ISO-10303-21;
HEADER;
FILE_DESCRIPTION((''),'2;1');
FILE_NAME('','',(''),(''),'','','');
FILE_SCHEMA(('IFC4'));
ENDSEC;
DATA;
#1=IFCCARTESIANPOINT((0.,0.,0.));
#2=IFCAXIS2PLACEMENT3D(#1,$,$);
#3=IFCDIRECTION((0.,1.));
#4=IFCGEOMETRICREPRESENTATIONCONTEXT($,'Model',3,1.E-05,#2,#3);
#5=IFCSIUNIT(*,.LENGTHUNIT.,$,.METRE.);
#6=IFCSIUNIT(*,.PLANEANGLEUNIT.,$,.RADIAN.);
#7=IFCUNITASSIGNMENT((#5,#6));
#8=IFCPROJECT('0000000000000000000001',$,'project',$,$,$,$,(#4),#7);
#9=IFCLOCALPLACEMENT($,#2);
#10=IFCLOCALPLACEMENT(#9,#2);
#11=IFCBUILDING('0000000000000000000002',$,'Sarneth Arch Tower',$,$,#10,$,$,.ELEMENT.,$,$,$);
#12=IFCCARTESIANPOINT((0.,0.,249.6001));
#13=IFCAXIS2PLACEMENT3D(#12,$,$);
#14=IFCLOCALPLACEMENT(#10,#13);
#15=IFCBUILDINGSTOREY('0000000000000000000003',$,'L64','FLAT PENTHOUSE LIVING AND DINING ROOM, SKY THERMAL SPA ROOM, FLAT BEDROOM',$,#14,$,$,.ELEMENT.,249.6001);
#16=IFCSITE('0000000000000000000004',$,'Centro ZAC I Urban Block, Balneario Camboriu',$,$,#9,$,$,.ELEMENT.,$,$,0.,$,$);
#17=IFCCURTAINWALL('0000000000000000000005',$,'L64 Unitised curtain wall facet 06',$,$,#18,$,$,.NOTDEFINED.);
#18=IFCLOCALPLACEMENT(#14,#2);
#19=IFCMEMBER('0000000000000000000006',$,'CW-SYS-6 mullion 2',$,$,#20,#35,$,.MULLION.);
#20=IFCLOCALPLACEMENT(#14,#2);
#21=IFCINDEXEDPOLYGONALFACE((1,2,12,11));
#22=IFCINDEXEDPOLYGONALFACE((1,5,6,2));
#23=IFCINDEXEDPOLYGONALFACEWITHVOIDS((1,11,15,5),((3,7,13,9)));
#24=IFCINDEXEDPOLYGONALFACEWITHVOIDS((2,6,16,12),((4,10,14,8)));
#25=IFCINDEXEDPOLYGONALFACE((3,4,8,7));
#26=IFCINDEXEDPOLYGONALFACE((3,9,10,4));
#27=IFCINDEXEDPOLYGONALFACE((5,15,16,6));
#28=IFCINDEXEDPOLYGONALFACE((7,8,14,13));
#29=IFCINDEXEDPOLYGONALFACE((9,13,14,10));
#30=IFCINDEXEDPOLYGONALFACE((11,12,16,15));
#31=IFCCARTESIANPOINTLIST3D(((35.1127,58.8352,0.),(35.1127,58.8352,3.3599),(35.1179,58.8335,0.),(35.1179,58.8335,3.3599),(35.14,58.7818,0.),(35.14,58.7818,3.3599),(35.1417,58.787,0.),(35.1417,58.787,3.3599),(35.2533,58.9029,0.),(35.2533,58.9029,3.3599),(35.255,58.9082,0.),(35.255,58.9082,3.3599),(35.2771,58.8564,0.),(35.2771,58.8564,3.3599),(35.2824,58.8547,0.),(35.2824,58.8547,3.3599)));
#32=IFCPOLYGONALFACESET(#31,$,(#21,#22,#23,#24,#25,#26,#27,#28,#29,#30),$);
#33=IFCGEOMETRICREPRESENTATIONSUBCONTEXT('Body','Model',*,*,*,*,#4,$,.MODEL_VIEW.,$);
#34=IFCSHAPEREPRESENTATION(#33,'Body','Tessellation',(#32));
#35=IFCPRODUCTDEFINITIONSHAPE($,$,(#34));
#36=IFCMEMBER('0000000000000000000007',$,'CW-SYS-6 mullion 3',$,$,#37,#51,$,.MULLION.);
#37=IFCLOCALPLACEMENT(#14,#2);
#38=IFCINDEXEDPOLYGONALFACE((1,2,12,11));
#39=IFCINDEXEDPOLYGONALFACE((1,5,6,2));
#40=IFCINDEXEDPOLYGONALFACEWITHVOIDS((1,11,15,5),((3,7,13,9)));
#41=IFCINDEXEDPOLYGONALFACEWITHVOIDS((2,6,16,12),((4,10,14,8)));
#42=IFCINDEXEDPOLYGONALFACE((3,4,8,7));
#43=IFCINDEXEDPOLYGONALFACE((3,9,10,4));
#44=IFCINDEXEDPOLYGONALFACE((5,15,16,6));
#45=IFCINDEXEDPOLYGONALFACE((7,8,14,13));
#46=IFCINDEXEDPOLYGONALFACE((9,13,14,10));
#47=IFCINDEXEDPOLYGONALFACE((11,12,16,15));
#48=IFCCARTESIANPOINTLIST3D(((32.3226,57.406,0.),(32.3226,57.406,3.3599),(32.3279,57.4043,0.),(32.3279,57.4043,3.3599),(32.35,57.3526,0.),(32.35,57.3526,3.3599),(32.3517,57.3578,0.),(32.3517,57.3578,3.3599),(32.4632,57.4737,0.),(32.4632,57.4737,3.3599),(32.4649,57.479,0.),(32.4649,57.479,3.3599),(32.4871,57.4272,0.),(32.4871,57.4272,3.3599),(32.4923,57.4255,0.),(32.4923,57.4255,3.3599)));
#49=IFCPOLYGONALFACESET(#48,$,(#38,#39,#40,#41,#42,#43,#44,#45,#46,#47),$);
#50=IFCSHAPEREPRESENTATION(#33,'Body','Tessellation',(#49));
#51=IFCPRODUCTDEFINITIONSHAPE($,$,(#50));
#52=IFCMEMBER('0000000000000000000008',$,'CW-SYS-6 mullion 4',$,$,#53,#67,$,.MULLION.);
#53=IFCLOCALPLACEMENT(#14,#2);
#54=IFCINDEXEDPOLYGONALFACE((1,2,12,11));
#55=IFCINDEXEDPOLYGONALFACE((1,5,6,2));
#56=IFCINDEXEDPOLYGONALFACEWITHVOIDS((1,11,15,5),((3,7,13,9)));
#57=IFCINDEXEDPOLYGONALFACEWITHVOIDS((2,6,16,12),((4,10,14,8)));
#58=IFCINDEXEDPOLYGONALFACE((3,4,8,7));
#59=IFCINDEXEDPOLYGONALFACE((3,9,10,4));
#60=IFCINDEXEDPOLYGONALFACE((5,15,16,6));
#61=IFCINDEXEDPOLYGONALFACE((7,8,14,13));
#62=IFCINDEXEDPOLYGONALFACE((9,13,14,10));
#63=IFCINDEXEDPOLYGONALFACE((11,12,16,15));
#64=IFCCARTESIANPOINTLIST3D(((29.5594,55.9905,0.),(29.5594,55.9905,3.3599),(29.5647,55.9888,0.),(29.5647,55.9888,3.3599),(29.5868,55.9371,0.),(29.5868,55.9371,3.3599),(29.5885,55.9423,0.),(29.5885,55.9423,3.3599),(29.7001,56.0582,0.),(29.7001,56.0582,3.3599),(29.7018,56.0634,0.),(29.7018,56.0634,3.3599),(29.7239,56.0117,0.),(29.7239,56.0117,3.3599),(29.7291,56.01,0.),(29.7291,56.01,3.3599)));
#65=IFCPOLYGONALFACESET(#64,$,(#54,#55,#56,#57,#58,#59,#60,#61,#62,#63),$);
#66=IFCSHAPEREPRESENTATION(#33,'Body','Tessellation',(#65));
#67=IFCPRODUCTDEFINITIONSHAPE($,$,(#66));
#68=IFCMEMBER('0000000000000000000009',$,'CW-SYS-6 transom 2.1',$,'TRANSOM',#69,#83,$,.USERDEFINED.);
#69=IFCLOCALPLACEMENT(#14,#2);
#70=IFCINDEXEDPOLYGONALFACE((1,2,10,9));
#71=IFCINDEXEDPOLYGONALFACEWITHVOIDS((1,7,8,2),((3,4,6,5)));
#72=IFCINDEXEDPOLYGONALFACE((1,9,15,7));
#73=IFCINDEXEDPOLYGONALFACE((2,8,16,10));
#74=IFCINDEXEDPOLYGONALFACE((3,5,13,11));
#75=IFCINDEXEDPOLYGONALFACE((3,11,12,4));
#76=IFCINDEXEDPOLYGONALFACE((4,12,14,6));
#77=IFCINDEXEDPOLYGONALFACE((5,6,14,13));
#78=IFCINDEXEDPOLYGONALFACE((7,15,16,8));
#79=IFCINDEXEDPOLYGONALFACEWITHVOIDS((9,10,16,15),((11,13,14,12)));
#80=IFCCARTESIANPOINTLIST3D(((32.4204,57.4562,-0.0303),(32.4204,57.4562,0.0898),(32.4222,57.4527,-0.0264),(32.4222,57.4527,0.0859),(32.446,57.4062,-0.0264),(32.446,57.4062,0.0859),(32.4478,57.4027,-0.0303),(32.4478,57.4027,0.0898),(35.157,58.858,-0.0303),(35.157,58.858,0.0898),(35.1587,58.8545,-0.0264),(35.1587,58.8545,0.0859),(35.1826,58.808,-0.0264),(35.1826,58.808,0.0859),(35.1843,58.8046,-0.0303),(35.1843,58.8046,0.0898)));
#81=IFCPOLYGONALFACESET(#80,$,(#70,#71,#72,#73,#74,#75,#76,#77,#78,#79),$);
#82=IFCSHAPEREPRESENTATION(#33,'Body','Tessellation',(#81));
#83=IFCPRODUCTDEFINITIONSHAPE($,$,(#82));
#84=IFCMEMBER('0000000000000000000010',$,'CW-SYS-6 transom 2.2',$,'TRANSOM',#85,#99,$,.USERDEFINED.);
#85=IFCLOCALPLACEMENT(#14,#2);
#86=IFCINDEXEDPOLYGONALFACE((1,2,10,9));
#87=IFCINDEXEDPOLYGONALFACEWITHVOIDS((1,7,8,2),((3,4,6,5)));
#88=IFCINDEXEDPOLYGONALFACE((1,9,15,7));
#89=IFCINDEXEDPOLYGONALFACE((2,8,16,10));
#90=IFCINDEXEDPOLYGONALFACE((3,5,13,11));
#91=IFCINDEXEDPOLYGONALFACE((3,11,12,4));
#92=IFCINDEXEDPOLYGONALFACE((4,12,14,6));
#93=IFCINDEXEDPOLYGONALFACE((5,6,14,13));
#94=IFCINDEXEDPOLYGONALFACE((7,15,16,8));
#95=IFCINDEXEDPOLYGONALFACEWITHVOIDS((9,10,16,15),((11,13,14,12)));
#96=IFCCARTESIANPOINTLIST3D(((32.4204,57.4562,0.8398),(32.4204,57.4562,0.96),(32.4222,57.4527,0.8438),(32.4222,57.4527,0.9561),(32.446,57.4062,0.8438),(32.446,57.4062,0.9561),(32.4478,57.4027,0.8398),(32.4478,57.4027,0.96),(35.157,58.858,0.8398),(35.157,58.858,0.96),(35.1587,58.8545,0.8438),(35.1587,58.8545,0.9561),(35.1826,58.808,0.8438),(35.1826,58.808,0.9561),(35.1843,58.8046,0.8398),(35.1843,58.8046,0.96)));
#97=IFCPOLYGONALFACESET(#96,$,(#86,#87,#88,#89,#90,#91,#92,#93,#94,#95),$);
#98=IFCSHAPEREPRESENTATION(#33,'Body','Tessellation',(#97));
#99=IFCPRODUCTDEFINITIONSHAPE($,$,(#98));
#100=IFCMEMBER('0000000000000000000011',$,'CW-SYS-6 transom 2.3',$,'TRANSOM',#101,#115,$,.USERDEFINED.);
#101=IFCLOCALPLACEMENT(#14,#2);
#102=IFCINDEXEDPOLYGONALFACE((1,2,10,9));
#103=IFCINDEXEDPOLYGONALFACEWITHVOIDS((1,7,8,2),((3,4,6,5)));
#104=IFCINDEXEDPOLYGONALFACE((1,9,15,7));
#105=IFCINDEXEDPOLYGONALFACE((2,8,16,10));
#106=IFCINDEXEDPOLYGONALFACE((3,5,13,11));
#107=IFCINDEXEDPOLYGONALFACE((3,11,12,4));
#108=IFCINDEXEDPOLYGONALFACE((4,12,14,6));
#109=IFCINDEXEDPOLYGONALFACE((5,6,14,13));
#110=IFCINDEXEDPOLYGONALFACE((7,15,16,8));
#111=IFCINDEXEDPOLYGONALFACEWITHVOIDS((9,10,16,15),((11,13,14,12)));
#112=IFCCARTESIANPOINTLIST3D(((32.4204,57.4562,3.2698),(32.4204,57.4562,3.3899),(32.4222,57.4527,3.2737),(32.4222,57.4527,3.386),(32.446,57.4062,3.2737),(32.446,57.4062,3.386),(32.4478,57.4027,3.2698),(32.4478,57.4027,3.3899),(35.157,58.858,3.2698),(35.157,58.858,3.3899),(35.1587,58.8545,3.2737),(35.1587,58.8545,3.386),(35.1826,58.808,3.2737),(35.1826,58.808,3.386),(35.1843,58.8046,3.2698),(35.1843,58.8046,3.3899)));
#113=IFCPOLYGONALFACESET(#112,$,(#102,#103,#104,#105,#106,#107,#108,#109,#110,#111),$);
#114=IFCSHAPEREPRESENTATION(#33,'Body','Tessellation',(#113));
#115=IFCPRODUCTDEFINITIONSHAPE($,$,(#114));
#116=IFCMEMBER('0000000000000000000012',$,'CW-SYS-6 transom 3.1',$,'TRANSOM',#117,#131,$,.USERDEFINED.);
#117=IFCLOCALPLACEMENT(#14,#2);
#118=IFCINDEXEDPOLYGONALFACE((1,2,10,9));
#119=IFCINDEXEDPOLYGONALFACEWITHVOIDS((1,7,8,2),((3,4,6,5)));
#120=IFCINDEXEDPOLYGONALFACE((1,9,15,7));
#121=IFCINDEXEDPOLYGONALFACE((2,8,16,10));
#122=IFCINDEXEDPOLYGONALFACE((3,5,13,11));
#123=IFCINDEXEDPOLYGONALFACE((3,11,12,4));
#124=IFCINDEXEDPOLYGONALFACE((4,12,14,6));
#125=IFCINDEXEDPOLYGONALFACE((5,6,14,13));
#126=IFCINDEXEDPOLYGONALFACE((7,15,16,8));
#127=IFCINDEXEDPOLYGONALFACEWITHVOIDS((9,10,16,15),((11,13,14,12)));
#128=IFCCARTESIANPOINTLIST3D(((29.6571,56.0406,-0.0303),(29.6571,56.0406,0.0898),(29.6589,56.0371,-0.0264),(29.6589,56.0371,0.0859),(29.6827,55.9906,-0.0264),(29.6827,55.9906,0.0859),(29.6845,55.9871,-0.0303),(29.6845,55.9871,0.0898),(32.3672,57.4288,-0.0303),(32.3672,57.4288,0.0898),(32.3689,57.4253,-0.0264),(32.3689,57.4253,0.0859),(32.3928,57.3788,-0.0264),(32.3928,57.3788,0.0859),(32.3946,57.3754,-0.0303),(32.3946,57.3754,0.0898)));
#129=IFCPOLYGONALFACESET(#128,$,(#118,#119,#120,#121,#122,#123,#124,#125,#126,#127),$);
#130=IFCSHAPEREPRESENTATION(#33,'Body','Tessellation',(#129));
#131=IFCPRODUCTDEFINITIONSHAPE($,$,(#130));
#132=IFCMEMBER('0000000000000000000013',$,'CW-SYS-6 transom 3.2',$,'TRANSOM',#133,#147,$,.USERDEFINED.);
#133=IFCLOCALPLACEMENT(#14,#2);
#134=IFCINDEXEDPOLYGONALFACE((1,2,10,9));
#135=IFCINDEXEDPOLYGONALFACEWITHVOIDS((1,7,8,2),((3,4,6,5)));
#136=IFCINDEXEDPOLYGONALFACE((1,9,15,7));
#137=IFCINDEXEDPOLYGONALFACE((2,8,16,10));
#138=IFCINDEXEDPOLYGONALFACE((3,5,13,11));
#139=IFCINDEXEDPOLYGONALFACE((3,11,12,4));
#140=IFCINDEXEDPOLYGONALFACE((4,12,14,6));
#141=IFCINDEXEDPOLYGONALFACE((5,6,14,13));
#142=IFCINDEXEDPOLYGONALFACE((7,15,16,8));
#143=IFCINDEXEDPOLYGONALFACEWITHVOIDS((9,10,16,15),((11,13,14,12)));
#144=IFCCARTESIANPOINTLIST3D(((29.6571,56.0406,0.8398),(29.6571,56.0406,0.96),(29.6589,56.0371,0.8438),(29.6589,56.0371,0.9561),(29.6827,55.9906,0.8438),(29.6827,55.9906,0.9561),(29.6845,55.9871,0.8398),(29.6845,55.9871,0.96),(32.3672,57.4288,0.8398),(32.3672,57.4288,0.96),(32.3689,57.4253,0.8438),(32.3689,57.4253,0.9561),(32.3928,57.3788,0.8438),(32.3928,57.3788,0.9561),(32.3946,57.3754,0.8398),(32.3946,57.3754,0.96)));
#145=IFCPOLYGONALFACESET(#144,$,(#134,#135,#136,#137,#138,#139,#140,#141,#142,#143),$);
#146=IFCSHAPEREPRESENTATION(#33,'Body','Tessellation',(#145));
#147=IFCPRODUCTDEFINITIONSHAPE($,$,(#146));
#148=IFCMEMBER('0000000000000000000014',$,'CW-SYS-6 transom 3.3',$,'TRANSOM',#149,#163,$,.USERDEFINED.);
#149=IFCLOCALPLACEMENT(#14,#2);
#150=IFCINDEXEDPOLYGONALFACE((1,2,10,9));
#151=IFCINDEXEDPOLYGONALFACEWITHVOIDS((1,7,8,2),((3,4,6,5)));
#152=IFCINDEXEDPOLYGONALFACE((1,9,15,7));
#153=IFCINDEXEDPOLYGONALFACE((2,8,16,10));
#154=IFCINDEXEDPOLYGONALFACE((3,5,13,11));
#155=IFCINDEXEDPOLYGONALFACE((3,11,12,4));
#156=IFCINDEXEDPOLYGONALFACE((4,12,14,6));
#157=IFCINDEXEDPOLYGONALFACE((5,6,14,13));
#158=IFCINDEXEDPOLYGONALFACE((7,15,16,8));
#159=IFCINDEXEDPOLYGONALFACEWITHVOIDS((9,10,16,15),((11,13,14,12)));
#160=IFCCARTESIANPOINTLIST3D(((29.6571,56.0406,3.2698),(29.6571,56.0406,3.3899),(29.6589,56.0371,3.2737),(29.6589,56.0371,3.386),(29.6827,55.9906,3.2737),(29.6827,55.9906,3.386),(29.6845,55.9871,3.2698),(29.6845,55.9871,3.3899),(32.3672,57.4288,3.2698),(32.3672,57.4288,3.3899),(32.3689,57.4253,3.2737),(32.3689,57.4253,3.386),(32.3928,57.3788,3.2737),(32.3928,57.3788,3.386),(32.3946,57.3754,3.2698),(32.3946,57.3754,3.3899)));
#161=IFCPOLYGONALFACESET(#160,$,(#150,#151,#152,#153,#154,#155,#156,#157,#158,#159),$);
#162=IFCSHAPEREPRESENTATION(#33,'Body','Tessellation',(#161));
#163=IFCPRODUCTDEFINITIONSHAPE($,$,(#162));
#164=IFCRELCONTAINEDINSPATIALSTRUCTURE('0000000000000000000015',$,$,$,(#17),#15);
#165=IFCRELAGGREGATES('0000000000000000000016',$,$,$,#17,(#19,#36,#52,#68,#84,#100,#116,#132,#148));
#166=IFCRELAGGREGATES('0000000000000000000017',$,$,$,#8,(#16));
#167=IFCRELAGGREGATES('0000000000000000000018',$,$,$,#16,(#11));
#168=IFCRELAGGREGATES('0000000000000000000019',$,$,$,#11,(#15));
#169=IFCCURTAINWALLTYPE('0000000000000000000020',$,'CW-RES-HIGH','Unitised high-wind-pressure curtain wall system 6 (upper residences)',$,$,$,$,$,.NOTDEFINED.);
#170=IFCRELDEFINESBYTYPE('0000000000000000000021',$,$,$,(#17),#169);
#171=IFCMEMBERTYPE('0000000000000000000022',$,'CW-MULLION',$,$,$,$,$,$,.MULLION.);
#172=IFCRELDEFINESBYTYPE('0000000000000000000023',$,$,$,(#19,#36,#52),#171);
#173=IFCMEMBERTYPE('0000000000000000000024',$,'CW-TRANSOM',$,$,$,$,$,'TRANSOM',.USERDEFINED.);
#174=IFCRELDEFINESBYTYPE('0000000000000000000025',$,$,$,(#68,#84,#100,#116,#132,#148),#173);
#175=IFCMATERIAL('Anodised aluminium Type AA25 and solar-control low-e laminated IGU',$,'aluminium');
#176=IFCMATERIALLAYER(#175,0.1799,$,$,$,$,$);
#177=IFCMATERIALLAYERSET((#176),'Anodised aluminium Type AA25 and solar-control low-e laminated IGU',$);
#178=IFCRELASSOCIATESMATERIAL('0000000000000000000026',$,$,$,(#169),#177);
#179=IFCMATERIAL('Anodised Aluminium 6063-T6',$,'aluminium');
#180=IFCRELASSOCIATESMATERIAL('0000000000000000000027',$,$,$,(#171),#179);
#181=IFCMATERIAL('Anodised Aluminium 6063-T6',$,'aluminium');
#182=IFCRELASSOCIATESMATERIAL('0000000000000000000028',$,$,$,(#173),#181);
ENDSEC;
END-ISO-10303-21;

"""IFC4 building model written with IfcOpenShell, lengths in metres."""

from ifc_helpers import new_model, si_unit, direction, frame, origin, origin_2d, place, context, subcontext, project, spatial, hollow_rectangle, extrude, material, layer, layer_set, material_profile, profile_set, type_object, element, aggregate, save


model = new_model("IFC4")

# Units and contexts
model_context = context("Model", 3, precision=1e-05, world=origin(), true_north=direction((0.0, 1.0)))
body_context = subcontext(model_context, "Body", "Model", "MODEL_VIEW")
ifc_project = project(units=[si_unit("LENGTHUNIT", "METRE"), si_unit("PLANEANGLEUNIT", "RADIAN")], contexts=[model_context])

# Site, building, storey
site_placement = place(None, origin())
site = spatial("IfcSite", under=ifc_project, at=site_placement, Name="Centro ZAC I Urban Block, Balneario Camboriu", CompositionType="ELEMENT", RefElevation=0.0)
building_placement = place(site_placement, origin())
building = spatial("IfcBuilding", under=site, at=building_placement, Name="Sarneth Arch Tower", CompositionType="ELEMENT")
storey_placement = place(building_placement, frame((0.0, 0.0, 249.6001)))
storey = spatial("IfcBuildingStorey", under=building, at=storey_placement, Name="L64", Description="FLAT PENTHOUSE LIVING AND DINING ROOM, SKY THERMAL SPA ROOM, FLAT BEDROOM", CompositionType="ELEMENT", Elevation=249.6001)

# Curtain wall, members
ifc_material_1 = material(Name="Anodised aluminium Type AA25 and solar-control low-e laminated IGU", Category="aluminium")
ifc_layer_1 = layer(ifc_material_1, 0.1799)
ifc_layer_set_1 = layer_set([ifc_layer_1], Name="Anodised aluminium Type AA25 and solar-control low-e laminated IGU")
curtain_wall_type = type_object("IfcCurtainWallType", Name="CW-RES-HIGH", Description="Unitised high-wind-pressure curtain wall system 6 (upper residences)", PredefinedType="NOTDEFINED", material=ifc_layer_set_1)
curtain_wall_placement = place(storey_placement, origin())
curtain_wall = element("IfcCurtainWall", 1, at=curtain_wall_placement, inside=storey, type_object=curtain_wall_type, Name="L64 Unitised curtain wall facet 06", PredefinedType="NOTDEFINED")
ifc_material_2 = material(Name="Anodised Aluminium 6063-T6", Category="aluminium")
ifc_material_profile_1 = material_profile(ifc_material_2, hollow_rectangle(XDim=0.0601, YDim=0.1599, WallThickness=0.0039, at=origin_2d()), Name="AL-MULL-160x60x4")
ifc_profile_set_1 = profile_set([ifc_material_profile_1], Name="Anodised Aluminium 6063-T6")
member_type_1 = type_object("IfcMemberType", Name="CW-MULLION", PredefinedType="MULLION", material=ifc_profile_set_1)
member_1_placement = place(storey_placement, frame((35.1975, 58.845, 0.0), z_axis=(0.0, 0.0, 1.0), x_axis=(0.455942, -0.89001, 0.0)))
member_1 = element("IfcMember", 2, at=member_1_placement, type_object=member_type_1, Name="CW-SYS-6 mullion 2", PredefinedType="MULLION", context=body_context, shape_type="SweptSolid", body=[
    extrude(hollow_rectangle(XDim=0.0601, YDim=0.1599, WallThickness=0.0039, at=origin_2d()), origin(), (0.0, 0.0, 1.0), 3.3599),
])
member_2_placement = place(storey_placement, frame((32.4075, 57.4158, 0.0), z_axis=(0.0, 0.0, 1.0), x_axis=(0.455942, -0.89001, 0.0)))
member_2 = element("IfcMember", 3, at=member_2_placement, type_object=member_type_1, Name="CW-SYS-6 mullion 3", PredefinedType="MULLION", context=body_context, shape_type="SweptSolid", body=[
    extrude(hollow_rectangle(XDim=0.0601, YDim=0.1599, WallThickness=0.0039, at=origin_2d()), origin(), (0.0, 0.0, 1.0), 3.3599),
])
member_3_placement = place(storey_placement, frame((29.6443, 56.0002, 0.0), z_axis=(0.0, 0.0, 1.0), x_axis=(0.455942, -0.89001, 0.0)))
member_3 = element("IfcMember", 4, at=member_3_placement, type_object=member_type_1, Name="CW-SYS-6 mullion 4", PredefinedType="MULLION", context=body_context, shape_type="SweptSolid", body=[
    extrude(hollow_rectangle(XDim=0.0601, YDim=0.1599, WallThickness=0.0039, at=origin_2d()), origin(), (0.0, 0.0, 1.0), 3.3599),
])
ifc_material_3 = material(Name="Anodised Aluminium 6063-T6", Category="aluminium")
ifc_material_profile_2 = material_profile(ifc_material_3, hollow_rectangle(XDim=0.0601, YDim=0.1201, WallThickness=0.0039, at=origin_2d()), Name="AL-TRAN-120x60x4")
ifc_profile_set_2 = profile_set([ifc_material_profile_2], Name="Anodised Aluminium 6063-T6")
member_type_2 = type_object("IfcMemberType", Name="CW-TRANSOM", ElementType="TRANSOM", PredefinedType="USERDEFINED", material=ifc_profile_set_2)
member_4_placement = place(storey_placement, frame((35.1707, 58.8313, 0.0298), z_axis=(-0.890017, -0.455926, 0.0), x_axis=(0.455926, -0.890017, 0.0)))
member_4 = element("IfcMember", 5, at=member_4_placement, type_object=member_type_2, Name="CW-SYS-6 transom 2.1", ObjectType="TRANSOM", PredefinedType="USERDEFINED", context=body_context, shape_type="SweptSolid", body=[
    extrude(hollow_rectangle(XDim=0.0601, YDim=0.1201, WallThickness=0.0039, at=origin_2d()), origin(), (0.0, 0.0, 1.0), 3.0747),
])
member_5_placement = place(storey_placement, frame((35.1707, 58.8313, 0.8999), z_axis=(-0.890017, -0.455926, 0.0), x_axis=(0.455926, -0.890017, 0.0)))
member_5 = element("IfcMember", 6, at=member_5_placement, type_object=member_type_2, Name="CW-SYS-6 transom 2.2", ObjectType="TRANSOM", PredefinedType="USERDEFINED", context=body_context, shape_type="SweptSolid", body=[
    extrude(hollow_rectangle(XDim=0.0601, YDim=0.1201, WallThickness=0.0039, at=origin_2d()), origin(), (0.0, 0.0, 1.0), 3.0747),
])
member_6_placement = place(storey_placement, frame((35.1707, 58.8313, 3.3298), z_axis=(-0.890017, -0.455926, 0.0), x_axis=(0.455926, -0.890017, 0.0)))
member_6 = element("IfcMember", 7, at=member_6_placement, type_object=member_type_2, Name="CW-SYS-6 transom 2.3", ObjectType="TRANSOM", PredefinedType="USERDEFINED", context=body_context, shape_type="SweptSolid", body=[
    extrude(hollow_rectangle(XDim=0.0601, YDim=0.1201, WallThickness=0.0039, at=origin_2d()), origin(), (0.0, 0.0, 1.0), 3.0747),
])
member_7_placement = place(storey_placement, frame((32.3809, 57.4021, 0.0298), z_axis=(-0.890023, -0.455916, 0.0), x_axis=(0.455916, -0.890023, 0.0)))
member_7 = element("IfcMember", 8, at=member_7_placement, type_object=member_type_2, Name="CW-SYS-6 transom 3.1", ObjectType="TRANSOM", PredefinedType="USERDEFINED", context=body_context, shape_type="SweptSolid", body=[
    extrude(hollow_rectangle(XDim=0.0601, YDim=0.1201, WallThickness=0.0039, at=origin_2d()), origin(), (0.0, 0.0, 1.0), 3.0449),
])
member_8_placement = place(storey_placement, frame((32.3809, 57.4021, 0.8999), z_axis=(-0.890023, -0.455916, 0.0), x_axis=(0.455916, -0.890023, 0.0)))
member_8 = element("IfcMember", 9, at=member_8_placement, type_object=member_type_2, Name="CW-SYS-6 transom 3.2", ObjectType="TRANSOM", PredefinedType="USERDEFINED", context=body_context, shape_type="SweptSolid", body=[
    extrude(hollow_rectangle(XDim=0.0601, YDim=0.1201, WallThickness=0.0039, at=origin_2d()), origin(), (0.0, 0.0, 1.0), 3.0449),
])
member_9_placement = place(storey_placement, frame((32.3809, 57.4021, 3.3298), z_axis=(-0.890023, -0.455916, 0.0), x_axis=(0.455916, -0.890023, 0.0)))
member_9 = element("IfcMember", 10, at=member_9_placement, type_object=member_type_2, Name="CW-SYS-6 transom 3.3", ObjectType="TRANSOM", PredefinedType="USERDEFINED", context=body_context, shape_type="SweptSolid", body=[
    extrude(hollow_rectangle(XDim=0.0601, YDim=0.1201, WallThickness=0.0039, at=origin_2d()), origin(), (0.0, 0.0, 1.0), 3.0449),
])

aggregate(curtain_wall, [member_1, member_2, member_3, member_4, member_5, member_6, member_7, member_8, member_9])

save(model, "model.ifc")
